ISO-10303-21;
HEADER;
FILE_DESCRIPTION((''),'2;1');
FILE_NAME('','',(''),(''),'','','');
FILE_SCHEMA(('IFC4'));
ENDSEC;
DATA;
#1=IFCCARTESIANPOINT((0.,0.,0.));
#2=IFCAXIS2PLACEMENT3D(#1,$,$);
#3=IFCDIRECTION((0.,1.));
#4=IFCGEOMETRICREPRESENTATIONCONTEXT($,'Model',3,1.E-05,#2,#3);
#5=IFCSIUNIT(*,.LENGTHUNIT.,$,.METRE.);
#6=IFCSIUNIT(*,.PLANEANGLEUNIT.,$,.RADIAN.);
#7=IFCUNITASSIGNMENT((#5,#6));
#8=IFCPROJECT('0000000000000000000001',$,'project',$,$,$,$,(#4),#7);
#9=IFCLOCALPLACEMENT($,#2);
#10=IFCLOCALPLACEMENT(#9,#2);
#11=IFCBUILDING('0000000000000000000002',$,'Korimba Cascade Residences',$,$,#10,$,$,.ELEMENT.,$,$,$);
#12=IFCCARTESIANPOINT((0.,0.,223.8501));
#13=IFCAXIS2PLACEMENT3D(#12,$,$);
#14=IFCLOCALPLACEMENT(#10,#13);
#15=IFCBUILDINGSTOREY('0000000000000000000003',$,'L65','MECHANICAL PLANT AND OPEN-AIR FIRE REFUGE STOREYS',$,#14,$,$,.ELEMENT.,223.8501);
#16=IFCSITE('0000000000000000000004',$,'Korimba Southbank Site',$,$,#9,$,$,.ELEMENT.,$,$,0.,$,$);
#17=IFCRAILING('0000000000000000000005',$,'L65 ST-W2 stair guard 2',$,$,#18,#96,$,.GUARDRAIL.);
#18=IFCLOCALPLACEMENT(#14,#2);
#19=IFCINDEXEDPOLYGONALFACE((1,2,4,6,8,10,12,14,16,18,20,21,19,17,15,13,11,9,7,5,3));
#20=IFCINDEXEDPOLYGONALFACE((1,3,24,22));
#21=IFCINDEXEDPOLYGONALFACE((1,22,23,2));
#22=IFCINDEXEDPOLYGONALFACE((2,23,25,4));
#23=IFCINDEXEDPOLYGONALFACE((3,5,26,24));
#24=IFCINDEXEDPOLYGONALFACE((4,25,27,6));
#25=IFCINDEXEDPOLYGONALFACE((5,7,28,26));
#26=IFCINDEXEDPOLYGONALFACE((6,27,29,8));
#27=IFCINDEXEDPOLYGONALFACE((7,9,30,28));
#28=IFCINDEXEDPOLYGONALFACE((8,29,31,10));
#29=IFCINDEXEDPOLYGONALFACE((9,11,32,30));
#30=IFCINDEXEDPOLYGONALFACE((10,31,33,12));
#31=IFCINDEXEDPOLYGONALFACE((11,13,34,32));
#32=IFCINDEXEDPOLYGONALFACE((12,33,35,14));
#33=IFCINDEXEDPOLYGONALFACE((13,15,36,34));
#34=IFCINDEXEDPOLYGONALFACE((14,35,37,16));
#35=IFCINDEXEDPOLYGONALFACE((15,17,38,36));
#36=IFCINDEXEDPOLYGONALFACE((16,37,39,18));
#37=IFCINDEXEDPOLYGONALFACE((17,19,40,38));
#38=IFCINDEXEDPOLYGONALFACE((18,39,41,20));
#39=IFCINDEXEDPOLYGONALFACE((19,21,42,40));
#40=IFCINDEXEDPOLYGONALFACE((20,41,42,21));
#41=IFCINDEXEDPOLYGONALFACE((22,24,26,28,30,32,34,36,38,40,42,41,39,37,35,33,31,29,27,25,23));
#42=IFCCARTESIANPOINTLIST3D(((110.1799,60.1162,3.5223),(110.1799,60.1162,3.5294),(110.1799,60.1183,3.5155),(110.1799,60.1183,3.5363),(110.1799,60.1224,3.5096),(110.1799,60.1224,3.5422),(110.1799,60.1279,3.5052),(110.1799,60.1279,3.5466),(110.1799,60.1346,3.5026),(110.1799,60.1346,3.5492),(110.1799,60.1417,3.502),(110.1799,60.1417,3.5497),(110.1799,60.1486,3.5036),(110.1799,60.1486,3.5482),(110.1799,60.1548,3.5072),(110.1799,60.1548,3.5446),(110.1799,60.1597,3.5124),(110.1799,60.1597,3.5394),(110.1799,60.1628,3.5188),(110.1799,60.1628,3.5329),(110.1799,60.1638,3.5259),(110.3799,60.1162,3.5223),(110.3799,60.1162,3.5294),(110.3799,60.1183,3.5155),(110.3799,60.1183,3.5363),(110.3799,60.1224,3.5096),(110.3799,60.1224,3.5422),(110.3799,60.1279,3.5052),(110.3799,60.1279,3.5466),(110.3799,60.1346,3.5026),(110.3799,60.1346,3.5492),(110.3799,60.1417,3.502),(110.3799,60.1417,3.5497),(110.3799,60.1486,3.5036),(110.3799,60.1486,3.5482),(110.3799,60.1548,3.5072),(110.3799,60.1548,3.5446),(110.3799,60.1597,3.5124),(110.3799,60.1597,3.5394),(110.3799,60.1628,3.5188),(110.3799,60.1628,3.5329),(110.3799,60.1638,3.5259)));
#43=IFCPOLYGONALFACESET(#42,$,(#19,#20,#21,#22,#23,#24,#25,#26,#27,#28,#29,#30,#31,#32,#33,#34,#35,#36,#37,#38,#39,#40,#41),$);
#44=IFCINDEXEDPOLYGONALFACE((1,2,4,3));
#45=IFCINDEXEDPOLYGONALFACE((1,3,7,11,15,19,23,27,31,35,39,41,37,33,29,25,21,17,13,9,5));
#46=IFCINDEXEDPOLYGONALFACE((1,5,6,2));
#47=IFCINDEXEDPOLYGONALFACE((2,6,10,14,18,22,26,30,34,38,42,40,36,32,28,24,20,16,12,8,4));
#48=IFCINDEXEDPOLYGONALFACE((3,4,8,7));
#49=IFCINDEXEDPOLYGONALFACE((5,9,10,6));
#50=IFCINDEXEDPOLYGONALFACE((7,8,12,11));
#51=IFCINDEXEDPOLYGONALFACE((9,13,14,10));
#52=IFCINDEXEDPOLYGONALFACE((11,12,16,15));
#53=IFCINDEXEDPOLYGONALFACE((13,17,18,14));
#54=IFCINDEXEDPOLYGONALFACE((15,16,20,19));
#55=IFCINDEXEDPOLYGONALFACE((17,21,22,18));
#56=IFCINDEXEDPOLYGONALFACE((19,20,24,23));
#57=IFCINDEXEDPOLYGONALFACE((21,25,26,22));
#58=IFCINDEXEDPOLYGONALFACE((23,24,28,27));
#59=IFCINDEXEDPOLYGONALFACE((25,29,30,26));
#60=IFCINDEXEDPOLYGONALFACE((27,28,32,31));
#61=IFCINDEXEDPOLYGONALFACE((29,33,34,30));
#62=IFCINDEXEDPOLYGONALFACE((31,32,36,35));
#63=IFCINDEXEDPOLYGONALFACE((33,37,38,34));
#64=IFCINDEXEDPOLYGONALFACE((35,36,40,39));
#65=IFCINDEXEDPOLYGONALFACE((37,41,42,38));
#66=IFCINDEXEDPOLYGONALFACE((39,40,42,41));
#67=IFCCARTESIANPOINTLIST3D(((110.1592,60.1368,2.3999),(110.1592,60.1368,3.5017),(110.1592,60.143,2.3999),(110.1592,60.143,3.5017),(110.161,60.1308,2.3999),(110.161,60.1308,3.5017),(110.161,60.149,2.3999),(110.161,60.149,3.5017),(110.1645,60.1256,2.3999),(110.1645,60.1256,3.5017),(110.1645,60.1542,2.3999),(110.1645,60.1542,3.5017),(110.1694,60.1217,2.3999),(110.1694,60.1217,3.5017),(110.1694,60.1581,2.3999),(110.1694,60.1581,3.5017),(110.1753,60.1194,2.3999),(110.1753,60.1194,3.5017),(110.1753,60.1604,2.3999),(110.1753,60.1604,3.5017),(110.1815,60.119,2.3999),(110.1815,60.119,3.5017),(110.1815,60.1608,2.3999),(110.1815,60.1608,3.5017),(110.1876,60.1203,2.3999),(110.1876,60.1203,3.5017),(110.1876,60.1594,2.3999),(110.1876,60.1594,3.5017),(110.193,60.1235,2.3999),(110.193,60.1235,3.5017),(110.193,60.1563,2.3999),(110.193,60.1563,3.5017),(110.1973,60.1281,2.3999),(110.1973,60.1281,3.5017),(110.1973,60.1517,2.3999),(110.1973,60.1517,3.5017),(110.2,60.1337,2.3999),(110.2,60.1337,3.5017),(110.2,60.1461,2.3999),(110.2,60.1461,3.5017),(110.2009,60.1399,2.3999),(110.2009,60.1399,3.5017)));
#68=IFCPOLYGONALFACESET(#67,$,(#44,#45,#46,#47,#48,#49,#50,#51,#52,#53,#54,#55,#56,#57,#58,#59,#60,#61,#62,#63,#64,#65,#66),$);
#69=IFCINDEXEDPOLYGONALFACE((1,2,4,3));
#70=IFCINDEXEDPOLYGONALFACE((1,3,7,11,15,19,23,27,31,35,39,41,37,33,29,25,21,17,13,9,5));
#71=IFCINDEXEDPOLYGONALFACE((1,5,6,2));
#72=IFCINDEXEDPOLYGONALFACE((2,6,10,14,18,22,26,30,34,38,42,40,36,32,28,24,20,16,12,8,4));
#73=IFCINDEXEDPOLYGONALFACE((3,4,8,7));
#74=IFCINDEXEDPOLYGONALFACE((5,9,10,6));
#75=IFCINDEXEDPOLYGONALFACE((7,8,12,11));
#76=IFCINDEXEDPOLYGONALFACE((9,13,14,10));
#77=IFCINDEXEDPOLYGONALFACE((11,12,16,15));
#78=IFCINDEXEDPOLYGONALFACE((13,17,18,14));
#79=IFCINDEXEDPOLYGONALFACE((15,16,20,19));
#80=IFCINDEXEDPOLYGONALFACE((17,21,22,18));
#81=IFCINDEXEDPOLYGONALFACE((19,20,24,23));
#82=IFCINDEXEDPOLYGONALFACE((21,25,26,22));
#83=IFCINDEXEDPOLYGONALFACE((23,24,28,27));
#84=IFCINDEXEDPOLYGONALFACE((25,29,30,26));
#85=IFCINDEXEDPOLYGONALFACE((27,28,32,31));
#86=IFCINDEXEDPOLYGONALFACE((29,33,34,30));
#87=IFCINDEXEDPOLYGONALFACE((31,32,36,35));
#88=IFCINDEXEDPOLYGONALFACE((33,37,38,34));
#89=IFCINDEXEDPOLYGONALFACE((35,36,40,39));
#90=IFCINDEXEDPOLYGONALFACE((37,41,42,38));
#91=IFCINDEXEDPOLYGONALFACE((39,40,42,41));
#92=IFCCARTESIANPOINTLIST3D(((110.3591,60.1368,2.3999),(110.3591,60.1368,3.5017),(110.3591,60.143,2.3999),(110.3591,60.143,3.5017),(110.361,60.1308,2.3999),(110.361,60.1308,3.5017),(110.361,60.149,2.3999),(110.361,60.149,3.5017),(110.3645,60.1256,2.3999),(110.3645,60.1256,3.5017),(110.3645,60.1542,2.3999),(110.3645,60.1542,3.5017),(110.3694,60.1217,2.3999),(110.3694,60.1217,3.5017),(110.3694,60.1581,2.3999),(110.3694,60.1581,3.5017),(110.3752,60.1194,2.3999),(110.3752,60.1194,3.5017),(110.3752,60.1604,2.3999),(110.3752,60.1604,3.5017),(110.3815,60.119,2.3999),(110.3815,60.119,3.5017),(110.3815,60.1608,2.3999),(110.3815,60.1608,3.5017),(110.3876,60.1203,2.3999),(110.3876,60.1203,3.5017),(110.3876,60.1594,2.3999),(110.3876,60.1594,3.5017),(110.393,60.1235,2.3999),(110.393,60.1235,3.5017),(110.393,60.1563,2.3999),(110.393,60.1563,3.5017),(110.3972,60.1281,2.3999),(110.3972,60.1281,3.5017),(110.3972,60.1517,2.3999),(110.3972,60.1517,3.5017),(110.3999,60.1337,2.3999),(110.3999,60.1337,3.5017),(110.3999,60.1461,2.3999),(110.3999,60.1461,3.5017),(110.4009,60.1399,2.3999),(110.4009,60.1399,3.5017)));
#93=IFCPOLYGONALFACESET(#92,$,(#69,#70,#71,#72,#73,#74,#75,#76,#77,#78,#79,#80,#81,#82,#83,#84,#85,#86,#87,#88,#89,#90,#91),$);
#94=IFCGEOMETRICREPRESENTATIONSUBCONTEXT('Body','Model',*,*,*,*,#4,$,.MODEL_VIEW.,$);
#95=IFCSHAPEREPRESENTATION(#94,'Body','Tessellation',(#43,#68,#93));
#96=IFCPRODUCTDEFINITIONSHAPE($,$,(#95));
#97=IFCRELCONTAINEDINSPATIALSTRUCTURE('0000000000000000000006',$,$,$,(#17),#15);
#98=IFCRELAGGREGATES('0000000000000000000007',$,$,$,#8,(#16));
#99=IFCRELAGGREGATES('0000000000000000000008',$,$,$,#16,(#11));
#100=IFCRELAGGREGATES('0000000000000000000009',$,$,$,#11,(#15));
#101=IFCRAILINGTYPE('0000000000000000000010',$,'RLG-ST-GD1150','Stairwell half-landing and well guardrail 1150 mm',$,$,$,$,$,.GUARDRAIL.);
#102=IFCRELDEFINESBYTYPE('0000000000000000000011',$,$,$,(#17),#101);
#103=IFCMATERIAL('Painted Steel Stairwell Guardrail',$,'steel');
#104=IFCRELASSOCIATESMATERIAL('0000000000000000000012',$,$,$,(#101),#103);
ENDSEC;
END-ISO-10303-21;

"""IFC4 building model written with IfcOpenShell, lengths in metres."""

from ifc_helpers import new_model, si_unit, direction, frame, origin, origin_2d, place, context, subcontext, project, spatial, circle, extrude, material, type_object, element, save


model = new_model("IFC4")

# Units and contexts
model_context = context("Model", 3, precision=1e-05, world=origin(), true_north=direction((0.0, 1.0)))
body_context = subcontext(model_context, "Body", "Model", "MODEL_VIEW")
ifc_project = project(units=[si_unit("LENGTHUNIT", "METRE"), si_unit("PLANEANGLEUNIT", "RADIAN")], contexts=[model_context])

# Site, building, storey
site_placement = place(None, origin())
site = spatial("IfcSite", under=ifc_project, at=site_placement, Name="Korimba Southbank Site", CompositionType="ELEMENT", RefElevation=0.0)
building_placement = place(site_placement, origin())
building = spatial("IfcBuilding", under=site, at=building_placement, Name="Korimba Cascade Residences", CompositionType="ELEMENT")
storey_placement = place(building_placement, frame((0.0, 0.0, 223.8501)))
storey = spatial("IfcBuildingStorey", under=building, at=storey_placement, Name="L65", Description="MECHANICAL PLANT AND OPEN-AIR FIRE REFUGE STOREYS", CompositionType="ELEMENT", Elevation=223.8501)

# Railing
ifc_material_1 = material(Name="Painted Steel Stairwell Guardrail", Category="steel")
railing_type_1 = type_object("IfcRailingType", Name="RLG-ST-GD1150", Description="Stairwell half-landing and well guardrail 1150 mm", PredefinedType="GUARDRAIL", material=ifc_material_1)
railing_1_placement = place(storey_placement, frame((110.1799, 60.1399, 2.3999)))
element("IfcRailing", 1, at=railing_1_placement, inside=storey, type_object=railing_type_1, Name="L65 ST-W2 stair guard 2", PredefinedType="GUARDRAIL", context=body_context, shape_type="SweptSolid", body=[
    extrude(circle(Radius=0.0239, at=origin_2d()), frame((0.0, 0.0, 1.126), z_axis=(1.0, 0.0, 0.0), x_axis=(0.0, 1.0, 0.0)), (0.0, 0.0, 1.0), 0.2),
    extrude(circle(Radius=0.021, at=origin_2d()), origin(), (0.0, 0.0, 1.0), 1.1018),
    extrude(circle(Radius=0.021, at=origin_2d()), frame((0.2, 0.0, 0.0)), (0.0, 0.0, 1.0), 1.1018),
])

save(model, "model.ifc")
